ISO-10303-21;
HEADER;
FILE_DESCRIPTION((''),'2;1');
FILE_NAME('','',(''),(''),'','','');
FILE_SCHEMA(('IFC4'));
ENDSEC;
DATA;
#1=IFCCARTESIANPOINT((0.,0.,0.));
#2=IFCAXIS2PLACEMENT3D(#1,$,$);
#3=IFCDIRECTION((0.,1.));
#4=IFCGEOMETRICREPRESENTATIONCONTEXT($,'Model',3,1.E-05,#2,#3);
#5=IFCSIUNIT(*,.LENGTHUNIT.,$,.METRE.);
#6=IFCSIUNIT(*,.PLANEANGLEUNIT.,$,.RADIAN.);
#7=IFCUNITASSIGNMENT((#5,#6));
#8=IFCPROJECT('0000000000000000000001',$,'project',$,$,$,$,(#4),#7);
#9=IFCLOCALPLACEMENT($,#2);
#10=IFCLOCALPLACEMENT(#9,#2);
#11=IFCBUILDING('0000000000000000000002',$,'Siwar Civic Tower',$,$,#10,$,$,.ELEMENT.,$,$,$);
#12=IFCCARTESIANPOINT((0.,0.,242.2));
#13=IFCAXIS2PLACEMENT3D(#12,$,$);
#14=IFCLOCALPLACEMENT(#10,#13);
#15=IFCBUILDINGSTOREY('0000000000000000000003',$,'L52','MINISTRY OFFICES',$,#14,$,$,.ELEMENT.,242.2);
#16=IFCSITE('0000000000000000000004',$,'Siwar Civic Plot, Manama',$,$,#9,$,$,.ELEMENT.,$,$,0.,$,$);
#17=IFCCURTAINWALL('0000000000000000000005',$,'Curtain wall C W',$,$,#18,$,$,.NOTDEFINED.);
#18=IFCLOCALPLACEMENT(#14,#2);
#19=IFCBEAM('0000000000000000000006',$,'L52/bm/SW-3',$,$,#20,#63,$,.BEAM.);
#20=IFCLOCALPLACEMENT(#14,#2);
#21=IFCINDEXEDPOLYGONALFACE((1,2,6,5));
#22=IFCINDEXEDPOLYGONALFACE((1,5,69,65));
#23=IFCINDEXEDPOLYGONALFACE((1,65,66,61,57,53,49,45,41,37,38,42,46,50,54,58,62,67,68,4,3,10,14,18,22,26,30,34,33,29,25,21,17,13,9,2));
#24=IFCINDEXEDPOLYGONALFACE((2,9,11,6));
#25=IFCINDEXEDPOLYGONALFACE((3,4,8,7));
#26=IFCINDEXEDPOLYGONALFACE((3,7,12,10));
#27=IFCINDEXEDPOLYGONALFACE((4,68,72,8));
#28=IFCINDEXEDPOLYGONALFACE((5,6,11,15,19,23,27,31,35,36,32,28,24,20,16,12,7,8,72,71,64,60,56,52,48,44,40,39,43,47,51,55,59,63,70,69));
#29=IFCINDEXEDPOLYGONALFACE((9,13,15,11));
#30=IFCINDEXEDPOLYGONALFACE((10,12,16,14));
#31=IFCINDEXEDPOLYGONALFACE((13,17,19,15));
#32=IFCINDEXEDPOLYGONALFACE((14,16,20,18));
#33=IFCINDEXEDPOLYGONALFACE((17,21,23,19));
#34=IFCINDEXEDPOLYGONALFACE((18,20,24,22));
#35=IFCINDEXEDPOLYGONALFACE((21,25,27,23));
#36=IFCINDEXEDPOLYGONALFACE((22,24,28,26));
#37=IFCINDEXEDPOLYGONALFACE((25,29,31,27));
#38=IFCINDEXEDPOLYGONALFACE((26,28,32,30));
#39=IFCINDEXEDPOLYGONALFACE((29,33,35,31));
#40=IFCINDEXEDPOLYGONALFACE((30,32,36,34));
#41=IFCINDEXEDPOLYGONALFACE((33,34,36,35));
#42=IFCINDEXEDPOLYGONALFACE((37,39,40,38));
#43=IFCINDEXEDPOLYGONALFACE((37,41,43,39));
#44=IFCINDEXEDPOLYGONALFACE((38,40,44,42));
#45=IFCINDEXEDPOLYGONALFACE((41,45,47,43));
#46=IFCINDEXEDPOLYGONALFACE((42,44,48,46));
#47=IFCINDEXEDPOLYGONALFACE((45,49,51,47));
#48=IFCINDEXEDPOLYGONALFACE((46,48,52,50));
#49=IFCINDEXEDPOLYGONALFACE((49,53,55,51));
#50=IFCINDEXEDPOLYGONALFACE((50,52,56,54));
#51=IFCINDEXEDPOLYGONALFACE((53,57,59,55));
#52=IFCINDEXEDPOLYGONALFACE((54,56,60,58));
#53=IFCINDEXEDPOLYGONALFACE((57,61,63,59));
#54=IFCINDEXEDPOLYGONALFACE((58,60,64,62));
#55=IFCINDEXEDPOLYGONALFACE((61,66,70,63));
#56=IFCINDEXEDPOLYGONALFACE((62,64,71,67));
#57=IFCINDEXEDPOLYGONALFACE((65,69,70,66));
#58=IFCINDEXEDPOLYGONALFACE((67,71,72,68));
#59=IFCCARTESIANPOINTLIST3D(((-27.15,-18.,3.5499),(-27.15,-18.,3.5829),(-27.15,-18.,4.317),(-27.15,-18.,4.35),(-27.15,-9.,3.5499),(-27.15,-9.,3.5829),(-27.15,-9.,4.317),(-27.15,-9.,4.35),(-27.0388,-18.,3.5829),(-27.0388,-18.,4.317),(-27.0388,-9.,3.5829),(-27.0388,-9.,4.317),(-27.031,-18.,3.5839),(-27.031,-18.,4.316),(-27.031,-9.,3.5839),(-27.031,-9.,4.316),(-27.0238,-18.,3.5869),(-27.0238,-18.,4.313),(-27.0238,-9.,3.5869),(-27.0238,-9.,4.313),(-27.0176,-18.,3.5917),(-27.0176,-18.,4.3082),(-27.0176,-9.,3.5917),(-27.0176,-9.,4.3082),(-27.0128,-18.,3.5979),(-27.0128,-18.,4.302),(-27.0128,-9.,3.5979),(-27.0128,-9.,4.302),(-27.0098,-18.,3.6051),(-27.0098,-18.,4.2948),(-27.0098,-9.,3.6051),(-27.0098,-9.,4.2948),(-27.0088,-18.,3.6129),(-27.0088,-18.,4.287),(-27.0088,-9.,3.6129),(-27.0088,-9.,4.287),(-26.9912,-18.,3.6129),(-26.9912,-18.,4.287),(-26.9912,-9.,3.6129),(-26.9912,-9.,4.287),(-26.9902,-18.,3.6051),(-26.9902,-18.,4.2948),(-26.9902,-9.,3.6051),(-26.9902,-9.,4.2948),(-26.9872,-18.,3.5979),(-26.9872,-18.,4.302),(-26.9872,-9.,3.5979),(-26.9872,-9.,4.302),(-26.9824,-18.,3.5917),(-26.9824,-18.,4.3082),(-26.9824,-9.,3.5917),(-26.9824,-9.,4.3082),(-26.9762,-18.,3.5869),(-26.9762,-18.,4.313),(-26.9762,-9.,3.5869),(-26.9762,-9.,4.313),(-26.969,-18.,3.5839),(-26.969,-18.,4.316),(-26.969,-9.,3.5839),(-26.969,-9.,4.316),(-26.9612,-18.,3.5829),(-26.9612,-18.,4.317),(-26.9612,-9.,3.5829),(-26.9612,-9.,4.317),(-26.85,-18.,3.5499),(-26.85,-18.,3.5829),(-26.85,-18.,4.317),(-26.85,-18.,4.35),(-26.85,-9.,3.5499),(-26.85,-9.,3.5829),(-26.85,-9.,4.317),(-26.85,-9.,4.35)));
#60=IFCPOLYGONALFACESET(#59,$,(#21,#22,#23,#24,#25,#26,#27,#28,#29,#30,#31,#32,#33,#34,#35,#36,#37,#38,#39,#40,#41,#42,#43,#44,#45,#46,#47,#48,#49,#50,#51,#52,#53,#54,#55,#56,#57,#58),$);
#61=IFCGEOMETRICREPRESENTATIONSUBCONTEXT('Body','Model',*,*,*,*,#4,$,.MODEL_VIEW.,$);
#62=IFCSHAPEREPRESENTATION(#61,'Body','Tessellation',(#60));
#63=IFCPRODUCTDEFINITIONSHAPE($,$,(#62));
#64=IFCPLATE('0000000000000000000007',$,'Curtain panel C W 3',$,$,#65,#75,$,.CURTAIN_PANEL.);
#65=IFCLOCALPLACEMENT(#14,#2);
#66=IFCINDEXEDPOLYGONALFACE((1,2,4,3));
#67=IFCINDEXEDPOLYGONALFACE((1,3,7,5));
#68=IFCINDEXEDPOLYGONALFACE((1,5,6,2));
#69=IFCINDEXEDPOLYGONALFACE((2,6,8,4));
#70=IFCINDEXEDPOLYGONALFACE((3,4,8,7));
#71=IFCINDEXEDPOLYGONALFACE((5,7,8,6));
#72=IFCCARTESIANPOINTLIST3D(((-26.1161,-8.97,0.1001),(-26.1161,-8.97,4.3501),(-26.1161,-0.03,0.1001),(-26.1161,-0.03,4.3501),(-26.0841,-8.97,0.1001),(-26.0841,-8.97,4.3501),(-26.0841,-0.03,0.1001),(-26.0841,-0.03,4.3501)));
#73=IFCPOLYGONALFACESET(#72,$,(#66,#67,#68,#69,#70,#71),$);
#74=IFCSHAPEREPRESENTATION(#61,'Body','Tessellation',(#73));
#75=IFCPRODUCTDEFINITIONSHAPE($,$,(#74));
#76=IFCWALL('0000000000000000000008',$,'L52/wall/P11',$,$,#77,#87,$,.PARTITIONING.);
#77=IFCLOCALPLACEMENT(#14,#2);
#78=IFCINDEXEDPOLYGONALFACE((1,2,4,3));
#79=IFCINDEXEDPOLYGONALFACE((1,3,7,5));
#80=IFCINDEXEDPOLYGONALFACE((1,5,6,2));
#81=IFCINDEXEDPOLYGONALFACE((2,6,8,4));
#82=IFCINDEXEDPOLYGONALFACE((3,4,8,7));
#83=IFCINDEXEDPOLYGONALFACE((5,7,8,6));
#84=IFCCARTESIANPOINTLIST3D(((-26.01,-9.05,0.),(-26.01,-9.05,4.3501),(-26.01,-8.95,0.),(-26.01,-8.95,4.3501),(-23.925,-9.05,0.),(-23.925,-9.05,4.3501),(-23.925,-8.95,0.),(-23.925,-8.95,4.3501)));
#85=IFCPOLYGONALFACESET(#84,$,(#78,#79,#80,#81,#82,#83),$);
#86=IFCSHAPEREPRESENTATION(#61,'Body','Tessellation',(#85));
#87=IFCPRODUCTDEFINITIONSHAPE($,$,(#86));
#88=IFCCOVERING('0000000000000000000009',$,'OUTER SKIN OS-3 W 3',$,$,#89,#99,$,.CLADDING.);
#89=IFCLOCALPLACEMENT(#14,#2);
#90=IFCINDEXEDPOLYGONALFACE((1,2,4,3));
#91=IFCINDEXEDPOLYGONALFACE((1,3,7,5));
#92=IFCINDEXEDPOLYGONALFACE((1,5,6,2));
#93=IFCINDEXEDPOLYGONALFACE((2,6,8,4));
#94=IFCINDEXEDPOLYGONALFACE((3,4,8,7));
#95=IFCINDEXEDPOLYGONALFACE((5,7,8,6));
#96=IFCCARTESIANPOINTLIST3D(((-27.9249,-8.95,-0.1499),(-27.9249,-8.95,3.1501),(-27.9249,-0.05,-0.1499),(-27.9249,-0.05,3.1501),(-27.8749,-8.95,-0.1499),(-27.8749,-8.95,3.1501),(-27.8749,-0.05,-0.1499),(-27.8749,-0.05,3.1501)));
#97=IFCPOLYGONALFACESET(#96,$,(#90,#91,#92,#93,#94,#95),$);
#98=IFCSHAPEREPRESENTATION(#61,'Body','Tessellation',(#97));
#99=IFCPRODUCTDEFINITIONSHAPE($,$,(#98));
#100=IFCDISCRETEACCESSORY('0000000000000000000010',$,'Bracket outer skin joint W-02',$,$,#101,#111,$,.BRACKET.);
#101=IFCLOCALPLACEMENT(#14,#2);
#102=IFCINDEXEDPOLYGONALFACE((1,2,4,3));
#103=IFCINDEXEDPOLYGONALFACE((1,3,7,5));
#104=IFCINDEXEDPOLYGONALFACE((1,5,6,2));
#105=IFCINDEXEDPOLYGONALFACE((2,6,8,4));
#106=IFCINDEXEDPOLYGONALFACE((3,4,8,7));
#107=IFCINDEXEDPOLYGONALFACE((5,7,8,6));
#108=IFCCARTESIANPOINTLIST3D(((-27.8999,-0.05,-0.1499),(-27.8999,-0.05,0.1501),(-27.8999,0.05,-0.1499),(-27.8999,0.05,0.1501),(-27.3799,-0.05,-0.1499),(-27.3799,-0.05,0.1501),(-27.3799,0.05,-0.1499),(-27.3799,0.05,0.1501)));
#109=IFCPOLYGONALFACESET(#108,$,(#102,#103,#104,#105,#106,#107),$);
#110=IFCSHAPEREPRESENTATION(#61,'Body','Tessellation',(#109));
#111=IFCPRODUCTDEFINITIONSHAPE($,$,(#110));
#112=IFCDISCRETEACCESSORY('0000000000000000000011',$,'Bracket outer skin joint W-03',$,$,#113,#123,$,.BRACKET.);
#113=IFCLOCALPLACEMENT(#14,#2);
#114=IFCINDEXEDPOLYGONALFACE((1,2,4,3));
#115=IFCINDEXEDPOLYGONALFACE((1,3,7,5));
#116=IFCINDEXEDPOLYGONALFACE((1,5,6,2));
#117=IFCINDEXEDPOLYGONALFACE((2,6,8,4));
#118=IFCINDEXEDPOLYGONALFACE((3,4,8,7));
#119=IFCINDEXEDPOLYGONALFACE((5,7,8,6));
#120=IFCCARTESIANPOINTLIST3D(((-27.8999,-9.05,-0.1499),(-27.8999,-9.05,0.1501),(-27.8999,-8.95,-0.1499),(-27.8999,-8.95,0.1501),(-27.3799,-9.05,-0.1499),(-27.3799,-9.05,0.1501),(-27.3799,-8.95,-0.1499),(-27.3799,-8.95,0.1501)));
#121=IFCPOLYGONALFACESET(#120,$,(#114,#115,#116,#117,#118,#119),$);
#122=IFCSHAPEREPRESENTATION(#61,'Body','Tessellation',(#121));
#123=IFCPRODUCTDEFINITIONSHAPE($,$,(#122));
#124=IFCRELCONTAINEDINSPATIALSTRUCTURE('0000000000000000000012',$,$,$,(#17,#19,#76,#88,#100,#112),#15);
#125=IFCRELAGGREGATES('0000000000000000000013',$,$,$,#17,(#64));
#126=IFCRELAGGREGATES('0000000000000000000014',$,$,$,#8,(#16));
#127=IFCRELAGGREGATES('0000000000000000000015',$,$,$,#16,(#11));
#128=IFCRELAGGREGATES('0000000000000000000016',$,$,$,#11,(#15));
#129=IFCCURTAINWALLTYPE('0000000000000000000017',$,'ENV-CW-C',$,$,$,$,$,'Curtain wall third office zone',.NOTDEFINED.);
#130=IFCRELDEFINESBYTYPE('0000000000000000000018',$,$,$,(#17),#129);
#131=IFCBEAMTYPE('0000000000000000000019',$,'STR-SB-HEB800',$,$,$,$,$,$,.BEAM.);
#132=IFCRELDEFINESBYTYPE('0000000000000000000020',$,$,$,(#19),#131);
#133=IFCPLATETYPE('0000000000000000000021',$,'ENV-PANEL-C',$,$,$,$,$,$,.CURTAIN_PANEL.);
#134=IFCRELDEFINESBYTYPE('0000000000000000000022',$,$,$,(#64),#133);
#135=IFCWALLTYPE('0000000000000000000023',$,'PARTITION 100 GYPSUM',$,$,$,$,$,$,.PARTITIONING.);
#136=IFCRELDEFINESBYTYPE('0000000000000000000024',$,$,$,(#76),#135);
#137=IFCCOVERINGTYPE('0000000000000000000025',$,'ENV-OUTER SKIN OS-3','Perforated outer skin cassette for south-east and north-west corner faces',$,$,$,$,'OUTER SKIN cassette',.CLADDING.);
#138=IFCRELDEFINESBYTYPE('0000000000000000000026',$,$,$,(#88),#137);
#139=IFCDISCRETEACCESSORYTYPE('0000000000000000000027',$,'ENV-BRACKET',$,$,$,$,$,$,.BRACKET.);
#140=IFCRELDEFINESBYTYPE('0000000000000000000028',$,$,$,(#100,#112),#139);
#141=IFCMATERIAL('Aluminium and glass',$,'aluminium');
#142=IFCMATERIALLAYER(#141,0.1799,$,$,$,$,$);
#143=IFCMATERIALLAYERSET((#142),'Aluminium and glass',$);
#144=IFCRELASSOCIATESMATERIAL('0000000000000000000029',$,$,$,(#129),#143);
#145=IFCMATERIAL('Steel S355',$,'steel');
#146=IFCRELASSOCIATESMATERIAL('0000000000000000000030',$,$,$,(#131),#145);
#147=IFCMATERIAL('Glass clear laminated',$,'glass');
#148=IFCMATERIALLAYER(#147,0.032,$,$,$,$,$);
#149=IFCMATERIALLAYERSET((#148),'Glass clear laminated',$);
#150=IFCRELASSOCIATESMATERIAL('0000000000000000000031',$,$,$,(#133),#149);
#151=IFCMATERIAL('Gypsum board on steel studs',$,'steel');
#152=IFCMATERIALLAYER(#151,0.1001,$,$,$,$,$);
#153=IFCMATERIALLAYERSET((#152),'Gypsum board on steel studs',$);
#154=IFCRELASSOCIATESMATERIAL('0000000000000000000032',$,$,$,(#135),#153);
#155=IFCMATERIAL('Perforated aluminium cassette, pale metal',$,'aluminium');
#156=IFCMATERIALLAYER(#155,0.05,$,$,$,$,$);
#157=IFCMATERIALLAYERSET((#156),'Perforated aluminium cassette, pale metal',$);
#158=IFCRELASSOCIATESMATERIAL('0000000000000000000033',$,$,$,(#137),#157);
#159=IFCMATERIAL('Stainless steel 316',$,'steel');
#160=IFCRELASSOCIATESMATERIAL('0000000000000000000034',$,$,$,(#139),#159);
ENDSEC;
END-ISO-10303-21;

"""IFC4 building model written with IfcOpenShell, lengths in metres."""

from ifc_helpers import new_model, si_unit, direction, frame, frame_2d, origin, origin_2d, place, context, subcontext, project, spatial, rectangle, i_section, extrude, material, layer, layer_set, material_profile, profile_set, type_object, element, aggregate, save


model = new_model("IFC4")

# Units and contexts
model_context = context("Model", 3, precision=1e-05, world=origin(), true_north=direction((0.0, 1.0)))
body_context = subcontext(model_context, "Body", "Model", "MODEL_VIEW")
ifc_project = project(units=[si_unit("LENGTHUNIT", "METRE"), si_unit("PLANEANGLEUNIT", "RADIAN")], contexts=[model_context])

# Site, building, storey
site_placement = place(None, origin())
site = spatial("IfcSite", under=ifc_project, at=site_placement, Name="Siwar Civic Plot, Manama", CompositionType="ELEMENT", RefElevation=0.0)
building_placement = place(site_placement, origin())
building = spatial("IfcBuilding", under=site, at=building_placement, Name="Siwar Civic Tower", CompositionType="ELEMENT")
storey_placement = place(building_placement, frame((0.0, 0.0, 242.2)))
storey = spatial("IfcBuildingStorey", under=building, at=storey_placement, Name="L52", Description="MINISTRY OFFICES", CompositionType="ELEMENT", Elevation=242.2)

# Curtain wall
ifc_material_1 = material(Name="Aluminium and glass", Category="aluminium")
ifc_layer_1 = layer(ifc_material_1, 0.1799)
ifc_layer_set_1 = layer_set([ifc_layer_1], Name="Aluminium and glass")
curtain_wall_type = type_object("IfcCurtainWallType", Name="ENV-CW-C", ElementType="Curtain wall third office zone", PredefinedType="NOTDEFINED", material=ifc_layer_set_1)
curtain_wall_placement = place(storey_placement, origin())
curtain_wall = element("IfcCurtainWall", 1, at=curtain_wall_placement, inside=storey, type_object=curtain_wall_type, Name="Curtain wall C W", PredefinedType="NOTDEFINED")

# Beam
ifc_material_2 = material(Name="Steel S355", Category="steel")
ifc_material_profile_1 = material_profile(ifc_material_2, i_section(OverallWidth=0.3, OverallDepth=0.8, WebThickness=0.0176, FlangeThickness=0.033, FilletRadius=0.03, at=origin_2d()), Name="HEB800")
ifc_profile_set_1 = profile_set([ifc_material_profile_1], Name="Steel S355")
beam_type_1 = type_object("IfcBeamType", Name="STR-SB-HEB800", PredefinedType="BEAM", material=ifc_profile_set_1)
beam_placement = place(storey_placement, frame((-27.0, -9.0, 3.95), z_axis=(0.0, -1.0, 0.0), x_axis=(1.0, 0.0, 0.0)))
element("IfcBeam", 2, at=beam_placement, inside=storey, type_object=beam_type_1, Name="L52/bm/SW-3", PredefinedType="BEAM", context=body_context, shape_type="SweptSolid", body=[
    extrude(i_section(OverallWidth=0.3, OverallDepth=0.8, WebThickness=0.0176, FlangeThickness=0.033, FilletRadius=0.03, at=origin_2d()), origin(), (0.0, 0.0, 1.0), 9.0),
])

# Plate
ifc_material_3 = material(Name="Glass clear laminated", Category="glass")
ifc_layer_2 = layer(ifc_material_3, 0.032)
ifc_layer_set_2 = layer_set([ifc_layer_2], Name="Glass clear laminated")
plate_type = type_object("IfcPlateType", Name="ENV-PANEL-C", PredefinedType="CURTAIN_PANEL", material=ifc_layer_set_2)
plate_placement = place(storey_placement, frame((-26.1001, -4.5, 0.1001), z_axis=(0.0, 0.0, 1.0), x_axis=(0.0, -1.0, 0.0)))
plate = element("IfcPlate", 3, at=plate_placement, type_object=plate_type, Name="Curtain panel C W 3", PredefinedType="CURTAIN_PANEL", context=body_context, shape_type="SweptSolid", body=[
    extrude(rectangle(XDim=8.9399, YDim=0.032, at=origin_2d()), origin(), (0.0, 0.0, 1.0), 4.25),
])
aggregate(curtain_wall, [plate])

# Wall
ifc_material_4 = material(Name="Gypsum board on steel studs", Category="steel")
ifc_layer_3 = layer(ifc_material_4, 0.1001)
ifc_layer_set_3 = layer_set([ifc_layer_3], Name="Gypsum board on steel studs")
wall_type = type_object("IfcWallType", Name="PARTITION 100 GYPSUM", PredefinedType="PARTITIONING", material=ifc_layer_set_3)
wall_placement = place(storey_placement, frame((-26.01, -9.0, 0.0), z_axis=(0.0, 0.0, 1.0), x_axis=(1.0, 0.0, 0.0)))
element("IfcWall", 4, at=wall_placement, inside=storey, type_object=wall_type, Name="L52/wall/P11", PredefinedType="PARTITIONING", context=body_context, shape_type="SweptSolid", body=[
    extrude(rectangle(XDim=2.085, YDim=0.1001, at=frame_2d((1.0425, 0.0))), origin(), (0.0, 0.0, 1.0), 4.3501),
])

# Covering
ifc_material_5 = material(Name="Perforated aluminium cassette, pale metal", Category="aluminium")
ifc_layer_4 = layer(ifc_material_5, 0.05)
ifc_layer_set_4 = layer_set([ifc_layer_4], Name="Perforated aluminium cassette, pale metal")
covering_type = type_object("IfcCoveringType", Name="ENV-OUTER SKIN OS-3", Description="Perforated outer skin cassette for south-east and north-west corner faces", ElementType="OUTER SKIN cassette", PredefinedType="CLADDING", material=ifc_layer_set_4)
covering_placement = place(storey_placement, frame((-27.8999, -4.5, -0.1499), z_axis=(0.0, 0.0, 1.0), x_axis=(0.0, -1.0, 0.0)))
element("IfcCovering", 5, at=covering_placement, inside=storey, type_object=covering_type, Name="OUTER SKIN OS-3 W 3", PredefinedType="CLADDING", context=body_context, shape_type="SweptSolid", body=[
    extrude(rectangle(XDim=8.8999, YDim=0.05, at=origin_2d()), origin(), (0.0, 0.0, 1.0), 3.3),
])

# Discrete accessories
ifc_material_6 = material(Name="Stainless steel 316", Category="steel")
discrete_accessory_type = type_object("IfcDiscreteAccessoryType", Name="ENV-BRACKET", PredefinedType="BRACKET", material=ifc_material_6)
for number, where, z_axis, x_axis, name in (
    (6, (-27.6399, 0.0, -0.1499), (0.0, 0.0, 1.0), (-1.0, 0.0, 0.0), "Bracket outer skin joint W-02"),
    (7, (-27.6399, -9.0, -0.1499), (0.0, 0.0, 1.0), (-1.0, 0.0, 0.0), "Bracket outer skin joint W-03"),
):
    element("IfcDiscreteAccessory", number, at=place(storey_placement, frame(where, z_axis=z_axis, x_axis=x_axis)), inside=storey, type_object=discrete_accessory_type, Name=name, PredefinedType="BRACKET", context=body_context, shape_type="SweptSolid", body=[
        extrude(rectangle(XDim=0.52, YDim=0.1001, at=origin_2d()), origin(), (0.0, 0.0, 1.0), 0.3),
    ])

save(model, "model.ifc")
